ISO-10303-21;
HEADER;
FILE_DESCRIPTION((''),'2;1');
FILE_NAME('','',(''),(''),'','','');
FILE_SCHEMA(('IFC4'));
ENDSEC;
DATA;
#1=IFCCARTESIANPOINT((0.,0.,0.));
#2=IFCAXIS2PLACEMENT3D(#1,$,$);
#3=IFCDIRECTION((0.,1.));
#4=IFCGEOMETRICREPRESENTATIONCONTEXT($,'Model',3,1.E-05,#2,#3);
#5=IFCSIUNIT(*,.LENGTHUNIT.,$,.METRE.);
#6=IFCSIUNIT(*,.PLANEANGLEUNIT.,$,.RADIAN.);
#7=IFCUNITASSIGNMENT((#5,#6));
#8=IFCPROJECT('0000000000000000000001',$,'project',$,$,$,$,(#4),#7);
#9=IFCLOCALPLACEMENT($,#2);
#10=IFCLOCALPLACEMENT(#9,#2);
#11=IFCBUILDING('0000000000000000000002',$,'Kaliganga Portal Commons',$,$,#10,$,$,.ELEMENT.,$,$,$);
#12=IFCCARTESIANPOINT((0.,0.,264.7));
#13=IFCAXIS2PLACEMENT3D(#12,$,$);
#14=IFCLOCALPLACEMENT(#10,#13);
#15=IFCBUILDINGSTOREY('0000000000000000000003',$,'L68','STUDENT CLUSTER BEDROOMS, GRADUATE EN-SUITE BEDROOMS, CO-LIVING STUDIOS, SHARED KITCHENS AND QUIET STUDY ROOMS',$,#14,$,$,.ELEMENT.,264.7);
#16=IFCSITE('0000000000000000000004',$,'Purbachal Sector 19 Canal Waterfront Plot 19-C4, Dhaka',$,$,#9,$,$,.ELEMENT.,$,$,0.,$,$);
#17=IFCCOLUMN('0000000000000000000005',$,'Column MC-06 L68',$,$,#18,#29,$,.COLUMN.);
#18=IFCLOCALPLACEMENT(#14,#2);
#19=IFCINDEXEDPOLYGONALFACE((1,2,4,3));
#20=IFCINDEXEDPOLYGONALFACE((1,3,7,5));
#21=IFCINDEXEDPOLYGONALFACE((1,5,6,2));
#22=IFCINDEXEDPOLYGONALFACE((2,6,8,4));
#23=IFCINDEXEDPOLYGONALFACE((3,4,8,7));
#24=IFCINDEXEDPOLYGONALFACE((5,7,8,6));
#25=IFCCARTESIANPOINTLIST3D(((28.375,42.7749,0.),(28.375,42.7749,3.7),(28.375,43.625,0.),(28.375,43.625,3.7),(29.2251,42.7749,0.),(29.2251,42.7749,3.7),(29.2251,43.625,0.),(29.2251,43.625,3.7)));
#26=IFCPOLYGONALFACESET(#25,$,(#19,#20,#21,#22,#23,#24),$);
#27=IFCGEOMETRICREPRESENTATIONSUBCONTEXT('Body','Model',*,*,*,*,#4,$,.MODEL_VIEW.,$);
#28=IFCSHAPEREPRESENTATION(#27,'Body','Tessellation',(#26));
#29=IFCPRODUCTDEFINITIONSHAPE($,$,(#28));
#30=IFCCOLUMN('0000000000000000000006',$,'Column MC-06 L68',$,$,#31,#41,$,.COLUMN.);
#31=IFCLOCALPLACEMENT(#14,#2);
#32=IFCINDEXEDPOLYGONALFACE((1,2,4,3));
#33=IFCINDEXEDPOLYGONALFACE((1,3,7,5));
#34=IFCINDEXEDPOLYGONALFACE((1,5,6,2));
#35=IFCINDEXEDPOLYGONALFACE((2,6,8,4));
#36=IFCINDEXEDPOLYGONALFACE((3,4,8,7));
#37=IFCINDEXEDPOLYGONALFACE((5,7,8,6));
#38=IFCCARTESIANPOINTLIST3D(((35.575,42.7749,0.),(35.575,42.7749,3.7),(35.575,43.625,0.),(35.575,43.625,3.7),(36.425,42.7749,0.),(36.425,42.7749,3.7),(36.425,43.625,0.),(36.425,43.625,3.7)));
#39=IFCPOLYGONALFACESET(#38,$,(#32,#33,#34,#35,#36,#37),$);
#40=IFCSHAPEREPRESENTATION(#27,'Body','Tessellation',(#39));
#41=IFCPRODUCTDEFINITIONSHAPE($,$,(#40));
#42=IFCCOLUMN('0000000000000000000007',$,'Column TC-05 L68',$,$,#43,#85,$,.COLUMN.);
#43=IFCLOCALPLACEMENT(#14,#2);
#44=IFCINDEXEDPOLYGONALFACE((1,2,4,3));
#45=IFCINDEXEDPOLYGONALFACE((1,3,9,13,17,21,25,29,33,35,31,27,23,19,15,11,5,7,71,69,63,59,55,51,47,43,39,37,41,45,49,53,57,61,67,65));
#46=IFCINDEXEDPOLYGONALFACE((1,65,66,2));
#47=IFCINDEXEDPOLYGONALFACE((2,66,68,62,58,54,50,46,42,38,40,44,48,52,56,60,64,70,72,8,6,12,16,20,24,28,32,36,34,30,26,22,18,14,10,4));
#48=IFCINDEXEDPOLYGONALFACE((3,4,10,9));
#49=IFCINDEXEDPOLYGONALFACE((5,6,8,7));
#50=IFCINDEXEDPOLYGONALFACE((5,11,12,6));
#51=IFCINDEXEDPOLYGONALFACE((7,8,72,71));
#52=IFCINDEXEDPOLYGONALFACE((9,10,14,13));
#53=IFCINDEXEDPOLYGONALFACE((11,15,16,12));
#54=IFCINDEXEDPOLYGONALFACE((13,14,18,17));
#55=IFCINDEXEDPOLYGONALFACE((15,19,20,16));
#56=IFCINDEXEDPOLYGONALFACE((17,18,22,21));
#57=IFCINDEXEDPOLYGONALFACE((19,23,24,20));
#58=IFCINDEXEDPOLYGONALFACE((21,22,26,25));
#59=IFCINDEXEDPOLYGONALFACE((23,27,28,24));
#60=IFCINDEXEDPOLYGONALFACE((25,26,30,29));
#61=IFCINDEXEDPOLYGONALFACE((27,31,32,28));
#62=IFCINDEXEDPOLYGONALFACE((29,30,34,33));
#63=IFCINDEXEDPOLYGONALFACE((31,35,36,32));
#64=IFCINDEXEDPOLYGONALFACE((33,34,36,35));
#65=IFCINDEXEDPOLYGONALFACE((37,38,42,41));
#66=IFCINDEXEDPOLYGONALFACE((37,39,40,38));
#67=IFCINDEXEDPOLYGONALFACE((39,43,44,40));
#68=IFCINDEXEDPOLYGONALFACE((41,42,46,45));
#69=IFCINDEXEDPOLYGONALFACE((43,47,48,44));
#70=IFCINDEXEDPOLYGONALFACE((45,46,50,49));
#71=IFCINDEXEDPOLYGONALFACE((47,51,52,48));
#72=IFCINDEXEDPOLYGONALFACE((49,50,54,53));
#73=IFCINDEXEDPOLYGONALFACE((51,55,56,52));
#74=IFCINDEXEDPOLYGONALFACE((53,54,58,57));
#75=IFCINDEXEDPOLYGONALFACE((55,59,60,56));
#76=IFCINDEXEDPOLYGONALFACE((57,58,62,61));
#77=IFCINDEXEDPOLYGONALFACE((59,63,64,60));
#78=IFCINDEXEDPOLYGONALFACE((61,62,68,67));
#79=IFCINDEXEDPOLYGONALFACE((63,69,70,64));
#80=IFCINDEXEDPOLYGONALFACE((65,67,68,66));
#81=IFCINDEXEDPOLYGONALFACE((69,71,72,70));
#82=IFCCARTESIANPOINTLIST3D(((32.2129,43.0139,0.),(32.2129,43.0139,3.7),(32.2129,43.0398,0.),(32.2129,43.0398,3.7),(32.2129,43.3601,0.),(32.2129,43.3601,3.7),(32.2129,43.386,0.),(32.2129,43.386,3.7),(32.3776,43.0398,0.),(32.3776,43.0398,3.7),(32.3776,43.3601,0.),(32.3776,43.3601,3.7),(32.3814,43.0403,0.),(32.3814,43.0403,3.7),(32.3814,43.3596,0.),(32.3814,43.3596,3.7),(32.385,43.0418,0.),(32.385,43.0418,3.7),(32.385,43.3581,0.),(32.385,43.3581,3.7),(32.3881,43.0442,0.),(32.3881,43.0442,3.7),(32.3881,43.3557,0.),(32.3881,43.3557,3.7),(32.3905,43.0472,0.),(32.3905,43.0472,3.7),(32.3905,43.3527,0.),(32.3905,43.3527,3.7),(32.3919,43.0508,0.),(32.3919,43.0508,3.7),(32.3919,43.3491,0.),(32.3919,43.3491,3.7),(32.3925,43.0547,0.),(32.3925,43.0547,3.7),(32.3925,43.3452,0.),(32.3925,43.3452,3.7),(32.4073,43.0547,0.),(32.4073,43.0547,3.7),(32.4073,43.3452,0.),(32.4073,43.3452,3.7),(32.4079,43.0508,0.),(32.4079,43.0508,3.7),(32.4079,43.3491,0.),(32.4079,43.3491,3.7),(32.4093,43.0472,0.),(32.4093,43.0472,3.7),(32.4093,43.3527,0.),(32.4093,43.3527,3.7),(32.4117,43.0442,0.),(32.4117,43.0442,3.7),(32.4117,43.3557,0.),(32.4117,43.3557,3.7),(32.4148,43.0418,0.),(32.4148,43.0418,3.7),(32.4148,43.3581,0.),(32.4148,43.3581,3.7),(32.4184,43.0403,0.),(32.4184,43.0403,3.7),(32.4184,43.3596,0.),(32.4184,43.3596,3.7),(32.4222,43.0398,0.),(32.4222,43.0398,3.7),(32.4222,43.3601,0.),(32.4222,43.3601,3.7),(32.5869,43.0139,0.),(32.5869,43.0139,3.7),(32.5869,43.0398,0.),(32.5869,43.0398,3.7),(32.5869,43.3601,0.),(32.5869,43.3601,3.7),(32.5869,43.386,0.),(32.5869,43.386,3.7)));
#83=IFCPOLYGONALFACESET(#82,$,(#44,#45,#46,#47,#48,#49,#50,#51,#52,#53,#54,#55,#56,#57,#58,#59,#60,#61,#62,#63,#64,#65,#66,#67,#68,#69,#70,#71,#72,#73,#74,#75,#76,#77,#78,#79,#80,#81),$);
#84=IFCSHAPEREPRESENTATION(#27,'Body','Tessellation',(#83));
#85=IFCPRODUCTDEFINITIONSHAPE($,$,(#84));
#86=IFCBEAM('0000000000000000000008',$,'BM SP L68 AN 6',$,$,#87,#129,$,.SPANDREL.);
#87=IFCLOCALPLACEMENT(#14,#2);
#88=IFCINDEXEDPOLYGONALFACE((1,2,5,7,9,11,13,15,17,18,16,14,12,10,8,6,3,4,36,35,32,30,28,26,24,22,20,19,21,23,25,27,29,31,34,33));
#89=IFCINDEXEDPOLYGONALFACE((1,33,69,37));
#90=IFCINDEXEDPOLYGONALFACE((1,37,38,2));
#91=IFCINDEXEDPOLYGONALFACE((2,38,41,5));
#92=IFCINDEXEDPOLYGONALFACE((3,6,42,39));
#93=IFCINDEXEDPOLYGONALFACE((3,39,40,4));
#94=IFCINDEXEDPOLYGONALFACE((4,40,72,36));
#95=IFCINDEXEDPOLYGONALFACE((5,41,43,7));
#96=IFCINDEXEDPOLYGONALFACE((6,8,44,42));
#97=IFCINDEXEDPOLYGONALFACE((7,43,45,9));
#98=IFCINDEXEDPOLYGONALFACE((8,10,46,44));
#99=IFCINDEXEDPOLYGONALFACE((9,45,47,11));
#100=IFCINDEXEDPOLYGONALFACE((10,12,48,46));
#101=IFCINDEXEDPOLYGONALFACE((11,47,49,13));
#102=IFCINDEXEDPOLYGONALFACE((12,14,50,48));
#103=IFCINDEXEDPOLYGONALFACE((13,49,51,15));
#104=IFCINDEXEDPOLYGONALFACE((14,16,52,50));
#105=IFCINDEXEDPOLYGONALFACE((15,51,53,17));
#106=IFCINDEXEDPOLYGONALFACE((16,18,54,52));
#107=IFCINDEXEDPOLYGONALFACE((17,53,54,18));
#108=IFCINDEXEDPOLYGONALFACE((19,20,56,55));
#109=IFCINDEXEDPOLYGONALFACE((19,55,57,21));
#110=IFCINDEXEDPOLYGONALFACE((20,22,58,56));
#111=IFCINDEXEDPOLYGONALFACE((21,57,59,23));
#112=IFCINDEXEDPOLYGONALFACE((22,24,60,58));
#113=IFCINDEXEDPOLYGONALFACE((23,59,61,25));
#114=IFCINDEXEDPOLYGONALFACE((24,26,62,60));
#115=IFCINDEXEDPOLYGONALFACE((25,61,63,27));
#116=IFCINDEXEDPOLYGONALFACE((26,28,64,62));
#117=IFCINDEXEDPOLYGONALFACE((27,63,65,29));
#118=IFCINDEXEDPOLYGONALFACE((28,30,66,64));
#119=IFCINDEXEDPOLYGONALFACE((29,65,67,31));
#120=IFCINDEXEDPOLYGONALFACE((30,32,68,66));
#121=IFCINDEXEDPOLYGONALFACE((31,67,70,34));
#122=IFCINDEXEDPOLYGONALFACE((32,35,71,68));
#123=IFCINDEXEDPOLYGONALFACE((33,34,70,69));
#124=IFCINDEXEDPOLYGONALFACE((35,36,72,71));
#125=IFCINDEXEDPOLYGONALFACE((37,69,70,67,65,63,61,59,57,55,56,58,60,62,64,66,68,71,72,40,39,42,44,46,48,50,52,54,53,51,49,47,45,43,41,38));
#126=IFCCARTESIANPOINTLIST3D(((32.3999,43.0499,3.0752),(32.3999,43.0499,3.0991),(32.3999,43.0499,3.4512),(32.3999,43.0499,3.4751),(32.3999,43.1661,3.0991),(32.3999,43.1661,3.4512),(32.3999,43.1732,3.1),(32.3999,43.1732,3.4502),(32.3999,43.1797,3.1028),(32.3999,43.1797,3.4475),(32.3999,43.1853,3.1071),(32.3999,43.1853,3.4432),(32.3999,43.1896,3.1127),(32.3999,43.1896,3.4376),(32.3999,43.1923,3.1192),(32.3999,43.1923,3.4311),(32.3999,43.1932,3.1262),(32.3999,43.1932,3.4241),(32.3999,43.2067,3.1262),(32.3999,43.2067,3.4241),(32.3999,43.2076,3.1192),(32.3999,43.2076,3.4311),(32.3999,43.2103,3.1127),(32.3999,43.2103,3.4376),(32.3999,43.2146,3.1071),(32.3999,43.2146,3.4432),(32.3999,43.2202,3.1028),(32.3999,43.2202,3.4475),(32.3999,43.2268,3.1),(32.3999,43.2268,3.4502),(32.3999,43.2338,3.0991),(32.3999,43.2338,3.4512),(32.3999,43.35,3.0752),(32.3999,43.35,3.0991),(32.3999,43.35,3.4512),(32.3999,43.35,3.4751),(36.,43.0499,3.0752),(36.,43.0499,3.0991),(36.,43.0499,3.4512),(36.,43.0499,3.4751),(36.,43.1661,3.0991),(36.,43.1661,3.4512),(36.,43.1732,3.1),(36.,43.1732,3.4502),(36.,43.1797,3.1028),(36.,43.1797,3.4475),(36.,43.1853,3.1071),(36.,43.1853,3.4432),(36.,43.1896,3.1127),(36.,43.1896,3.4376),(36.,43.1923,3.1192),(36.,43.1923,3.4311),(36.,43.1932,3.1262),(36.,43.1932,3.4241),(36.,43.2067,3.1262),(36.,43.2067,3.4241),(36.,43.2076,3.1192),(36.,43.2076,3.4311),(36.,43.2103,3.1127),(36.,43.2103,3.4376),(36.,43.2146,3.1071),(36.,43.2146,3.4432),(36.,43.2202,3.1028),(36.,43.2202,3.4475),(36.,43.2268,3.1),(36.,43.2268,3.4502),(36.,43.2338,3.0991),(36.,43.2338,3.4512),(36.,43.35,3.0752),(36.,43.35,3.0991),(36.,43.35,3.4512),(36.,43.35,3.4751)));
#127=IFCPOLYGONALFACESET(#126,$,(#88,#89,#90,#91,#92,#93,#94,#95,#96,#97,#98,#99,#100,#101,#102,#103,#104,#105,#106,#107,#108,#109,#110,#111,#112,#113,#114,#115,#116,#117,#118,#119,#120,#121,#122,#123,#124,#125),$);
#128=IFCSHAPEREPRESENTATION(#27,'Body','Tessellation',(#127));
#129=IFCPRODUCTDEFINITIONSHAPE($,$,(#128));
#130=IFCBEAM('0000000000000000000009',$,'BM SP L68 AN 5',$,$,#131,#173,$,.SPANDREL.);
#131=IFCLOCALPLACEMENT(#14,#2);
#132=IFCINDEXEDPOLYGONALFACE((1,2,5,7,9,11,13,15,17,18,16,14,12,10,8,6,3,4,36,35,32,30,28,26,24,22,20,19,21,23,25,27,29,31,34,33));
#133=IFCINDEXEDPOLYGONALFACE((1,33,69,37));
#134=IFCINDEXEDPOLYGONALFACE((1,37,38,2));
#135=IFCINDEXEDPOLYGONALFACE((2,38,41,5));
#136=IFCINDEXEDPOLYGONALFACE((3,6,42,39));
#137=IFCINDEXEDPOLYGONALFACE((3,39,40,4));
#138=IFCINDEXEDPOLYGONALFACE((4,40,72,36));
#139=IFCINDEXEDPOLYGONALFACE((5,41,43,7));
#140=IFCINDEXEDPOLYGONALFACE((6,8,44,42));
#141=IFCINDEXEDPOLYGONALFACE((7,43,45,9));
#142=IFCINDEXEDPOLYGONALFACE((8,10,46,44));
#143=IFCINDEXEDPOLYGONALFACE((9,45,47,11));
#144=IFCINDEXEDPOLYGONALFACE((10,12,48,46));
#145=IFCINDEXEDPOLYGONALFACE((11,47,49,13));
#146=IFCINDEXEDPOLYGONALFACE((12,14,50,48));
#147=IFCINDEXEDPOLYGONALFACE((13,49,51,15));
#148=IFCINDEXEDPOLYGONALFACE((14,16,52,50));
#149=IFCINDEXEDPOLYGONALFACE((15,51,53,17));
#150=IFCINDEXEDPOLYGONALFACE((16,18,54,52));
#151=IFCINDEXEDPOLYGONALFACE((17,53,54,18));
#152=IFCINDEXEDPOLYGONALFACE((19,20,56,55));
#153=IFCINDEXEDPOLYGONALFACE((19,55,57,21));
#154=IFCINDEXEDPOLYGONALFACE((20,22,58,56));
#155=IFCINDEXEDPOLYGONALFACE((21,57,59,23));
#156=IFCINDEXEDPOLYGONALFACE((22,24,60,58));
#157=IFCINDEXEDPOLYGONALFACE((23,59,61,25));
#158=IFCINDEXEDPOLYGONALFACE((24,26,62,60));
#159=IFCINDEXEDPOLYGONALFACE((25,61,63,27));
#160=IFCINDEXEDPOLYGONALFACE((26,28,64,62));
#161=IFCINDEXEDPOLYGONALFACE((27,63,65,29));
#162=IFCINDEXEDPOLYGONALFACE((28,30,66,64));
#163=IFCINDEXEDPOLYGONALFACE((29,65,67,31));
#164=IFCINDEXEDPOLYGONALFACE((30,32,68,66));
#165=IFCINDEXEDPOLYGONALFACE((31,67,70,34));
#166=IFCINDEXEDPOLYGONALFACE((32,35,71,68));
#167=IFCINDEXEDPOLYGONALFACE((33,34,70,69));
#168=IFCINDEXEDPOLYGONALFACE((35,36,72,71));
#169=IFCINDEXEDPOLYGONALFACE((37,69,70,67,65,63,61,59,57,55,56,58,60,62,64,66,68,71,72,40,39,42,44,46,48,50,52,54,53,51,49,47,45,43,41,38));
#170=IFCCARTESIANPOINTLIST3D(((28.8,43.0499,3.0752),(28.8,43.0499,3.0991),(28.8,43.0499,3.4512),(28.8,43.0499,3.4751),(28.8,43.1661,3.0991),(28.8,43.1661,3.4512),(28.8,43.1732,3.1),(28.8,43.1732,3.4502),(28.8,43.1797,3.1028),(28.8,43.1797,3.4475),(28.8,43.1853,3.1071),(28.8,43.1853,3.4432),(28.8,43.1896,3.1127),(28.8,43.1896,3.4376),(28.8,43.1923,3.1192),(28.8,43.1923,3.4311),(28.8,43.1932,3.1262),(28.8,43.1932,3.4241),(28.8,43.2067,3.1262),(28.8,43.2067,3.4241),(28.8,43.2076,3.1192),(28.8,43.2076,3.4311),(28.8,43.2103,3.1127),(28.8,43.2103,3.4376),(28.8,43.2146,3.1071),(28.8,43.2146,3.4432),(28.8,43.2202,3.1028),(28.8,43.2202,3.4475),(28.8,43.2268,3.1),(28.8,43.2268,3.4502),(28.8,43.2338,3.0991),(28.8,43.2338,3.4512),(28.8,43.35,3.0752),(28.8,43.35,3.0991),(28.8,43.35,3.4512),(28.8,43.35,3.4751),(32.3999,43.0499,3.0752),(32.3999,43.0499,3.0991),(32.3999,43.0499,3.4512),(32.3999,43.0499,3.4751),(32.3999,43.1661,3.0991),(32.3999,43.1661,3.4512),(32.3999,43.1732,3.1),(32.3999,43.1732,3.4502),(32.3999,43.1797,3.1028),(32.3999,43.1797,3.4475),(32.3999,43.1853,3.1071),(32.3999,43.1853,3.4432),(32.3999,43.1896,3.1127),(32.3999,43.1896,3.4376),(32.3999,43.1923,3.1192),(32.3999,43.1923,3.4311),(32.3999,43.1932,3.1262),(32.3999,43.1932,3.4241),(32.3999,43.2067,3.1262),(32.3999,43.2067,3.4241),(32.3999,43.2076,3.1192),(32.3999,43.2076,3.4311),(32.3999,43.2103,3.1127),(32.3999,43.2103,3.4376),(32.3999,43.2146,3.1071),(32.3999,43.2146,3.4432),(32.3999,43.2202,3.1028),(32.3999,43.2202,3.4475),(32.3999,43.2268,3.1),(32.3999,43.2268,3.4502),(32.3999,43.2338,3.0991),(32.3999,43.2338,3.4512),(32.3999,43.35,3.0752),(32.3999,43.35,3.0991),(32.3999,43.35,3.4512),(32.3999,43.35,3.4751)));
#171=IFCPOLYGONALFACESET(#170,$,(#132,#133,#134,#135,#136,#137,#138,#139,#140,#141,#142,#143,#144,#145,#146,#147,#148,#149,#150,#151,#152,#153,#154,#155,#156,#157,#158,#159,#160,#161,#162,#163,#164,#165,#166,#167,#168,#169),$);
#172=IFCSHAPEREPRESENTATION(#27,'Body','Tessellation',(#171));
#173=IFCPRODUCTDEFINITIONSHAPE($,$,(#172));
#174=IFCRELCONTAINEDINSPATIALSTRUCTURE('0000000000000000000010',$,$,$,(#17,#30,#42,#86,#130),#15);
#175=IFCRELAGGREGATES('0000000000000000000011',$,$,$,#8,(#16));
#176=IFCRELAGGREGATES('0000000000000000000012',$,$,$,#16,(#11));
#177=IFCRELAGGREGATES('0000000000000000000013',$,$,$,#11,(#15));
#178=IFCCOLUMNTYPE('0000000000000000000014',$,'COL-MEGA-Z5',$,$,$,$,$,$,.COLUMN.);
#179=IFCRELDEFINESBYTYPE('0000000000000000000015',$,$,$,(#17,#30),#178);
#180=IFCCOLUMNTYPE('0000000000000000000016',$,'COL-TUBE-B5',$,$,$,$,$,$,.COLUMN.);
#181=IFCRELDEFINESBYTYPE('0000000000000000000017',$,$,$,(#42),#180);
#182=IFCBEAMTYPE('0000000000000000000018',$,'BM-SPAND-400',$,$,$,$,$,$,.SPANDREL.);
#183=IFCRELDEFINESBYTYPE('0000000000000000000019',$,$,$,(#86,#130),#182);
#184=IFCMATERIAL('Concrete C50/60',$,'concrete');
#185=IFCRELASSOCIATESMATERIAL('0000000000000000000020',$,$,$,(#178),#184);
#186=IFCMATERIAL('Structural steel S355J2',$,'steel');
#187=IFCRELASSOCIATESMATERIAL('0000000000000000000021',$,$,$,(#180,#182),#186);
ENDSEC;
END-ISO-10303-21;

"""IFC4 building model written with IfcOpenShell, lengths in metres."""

from ifc_helpers import new_model, si_unit, direction, frame, origin, origin_2d, place, context, subcontext, project, spatial, rectangle, i_section, extrude, source, transform, mapped, material, material_profile, profile_set, type_object, element, save


model = new_model("IFC4")

# Units and contexts
model_context = context("Model", 3, precision=1e-05, world=origin(), true_north=direction((0.0, 1.0)))
body_context = subcontext(model_context, "Body", "Model", "MODEL_VIEW")
ifc_project = project(units=[si_unit("LENGTHUNIT", "METRE"), si_unit("PLANEANGLEUNIT", "RADIAN")], contexts=[model_context])

# Site, building, storey
site_placement = place(None, origin())
site = spatial("IfcSite", under=ifc_project, at=site_placement, Name="Purbachal Sector 19 Canal Waterfront Plot 19-C4, Dhaka", CompositionType="ELEMENT", RefElevation=0.0)
building_placement = place(site_placement, origin())
building = spatial("IfcBuilding", under=site, at=building_placement, Name="Kaliganga Portal Commons", CompositionType="ELEMENT")
storey_placement = place(building_placement, frame((0.0, 0.0, 264.7)))
storey = spatial("IfcBuildingStorey", under=building, at=storey_placement, Name="L68", Description="STUDENT CLUSTER BEDROOMS, GRADUATE EN-SUITE BEDROOMS, CO-LIVING STUDIOS, SHARED KITCHENS AND QUIET STUDY ROOMS", CompositionType="ELEMENT", Elevation=264.7)

# Columns
ifc_material_1 = material(Name="Concrete C50/60", Category="concrete")
ifc_material_profile_1 = material_profile(ifc_material_1, rectangle(XDim=0.8501, YDim=0.8501, at=origin_2d()), Name="RC 850x850")
ifc_profile_set_1 = profile_set([ifc_material_profile_1], Name="Concrete C50/60")
column_type_1 = type_object("IfcColumnType", Name="COL-MEGA-Z5", PredefinedType="COLUMN", material=ifc_profile_set_1)
shared_shape_1 = source(origin(), body_context, "Body", "SweptSolid", [
    extrude(rectangle(XDim=0.8501, YDim=0.8501, at=origin_2d()), origin(), (0.0, 0.0, 1.0), 3.7),
])
for number, where, z_axis, x_axis, name in (
    (1, (28.8, 43.2, 0.0), (0.0, 0.0, 1.0), (1.0, 0.0, 0.0), "Column MC-06 L68"),
    (2, (36.0, 43.2, 0.0), (0.0, 0.0, 1.0), (1.0, 0.0, 0.0), "Column MC-06 L68"),
):
    element("IfcColumn", number, at=place(storey_placement, frame(where, z_axis=z_axis, x_axis=x_axis)), inside=storey, type_object=column_type_1, Name=name, PredefinedType="COLUMN", context=body_context, shape_type="MappedRepresentation", body=[
        mapped(shared_shape_1, transform((0.0, 0.0, 0.0), x_axis=(1.0, 0.0, 0.0), y_axis=(0.0, 1.0, 0.0), z_axis=(0.0, 0.0, 1.0), scale=1.0)),
    ])
ifc_material_2 = material(Name="Structural steel S355J2", Category="steel")
ifc_material_profile_2 = material_profile(ifc_material_2, i_section(OverallWidth=0.374, OverallDepth=0.3721, WebThickness=0.0149, FlangeThickness=0.0259, FilletRadius=0.0149, at=origin_2d()), Name="HD 360x196")
ifc_profile_set_2 = profile_set([ifc_material_profile_2], Name="Structural steel S355J2 wide-flange")
column_type_2 = type_object("IfcColumnType", Name="COL-TUBE-B5", PredefinedType="COLUMN", material=ifc_profile_set_2)
shared_shape_2 = source(origin(), body_context, "Body", "SweptSolid", [
    extrude(i_section(OverallWidth=0.374, OverallDepth=0.3721, WebThickness=0.0149, FlangeThickness=0.0259, FilletRadius=0.0149, at=origin_2d()), origin(), (0.0, 0.0, 1.0), 3.7),
])
column_placement = place(storey_placement, frame((32.3999, 43.2, 0.0), z_axis=(0.0, 0.0, 1.0), x_axis=(1.0, 0.0, 0.0)))
element("IfcColumn", 3, at=column_placement, inside=storey, type_object=column_type_2, Name="Column TC-05 L68", PredefinedType="COLUMN", context=body_context, shape_type="MappedRepresentation", body=[
    mapped(shared_shape_2, transform((0.0, 0.0, 0.0), x_axis=(1.0, 0.0, 0.0), y_axis=(0.0, 1.0, 0.0), z_axis=(0.0, 0.0, 1.0), scale=1.0)),
])

# Beams
ifc_material_profile_3 = material_profile(ifc_material_2, i_section(OverallWidth=0.3, OverallDepth=0.3999, WebThickness=0.0134, FlangeThickness=0.0239, FilletRadius=0.0271, at=origin_2d()), Name="HE 400 B")
ifc_profile_set_3 = profile_set([ifc_material_profile_3], Name="Structural steel S355J2 wide-flange")
beam_type_1 = type_object("IfcBeamType", Name="BM-SPAND-400", PredefinedType="SPANDREL", material=ifc_profile_set_3)
shared_shape_3 = source(origin(), body_context, "Body", "SweptSolid", [
    extrude(i_section(OverallWidth=0.3, OverallDepth=0.3999, WebThickness=0.0134, FlangeThickness=0.0239, FilletRadius=0.0271, at=origin_2d()), origin(), (0.0, 0.0, 1.0), 3.6001),
])
beam_1_placement = place(storey_placement, frame((32.3999, 43.2, 3.2751), z_axis=(1.0, 0.0, 0.0), x_axis=(0.0, 1.0, 0.0)))
element("IfcBeam", 4, at=beam_1_placement, inside=storey, type_object=beam_type_1, Name="BM SP L68 AN 6", PredefinedType="SPANDREL", context=body_context, shape_type="MappedRepresentation", body=[
    mapped(shared_shape_3, transform((0.0, 0.0, 0.0), x_axis=(1.0, 0.0, 0.0), y_axis=(0.0, 1.0, 0.0), z_axis=(0.0, 0.0, 1.0), scale=1.0)),
])
shared_shape_4 = source(origin(), body_context, "Body", "SweptSolid", [
    extrude(i_section(OverallWidth=0.3, OverallDepth=0.3999, WebThickness=0.0134, FlangeThickness=0.0239, FilletRadius=0.0271, at=origin_2d()), origin(), (0.0, 0.0, 1.0), 3.5999),
])
beam_2_placement = place(storey_placement, frame((28.8, 43.2, 3.2751), z_axis=(1.0, 0.0, 0.0), x_axis=(0.0, 1.0, 0.0)))
element("IfcBeam", 5, at=beam_2_placement, inside=storey, type_object=beam_type_1, Name="BM SP L68 AN 5", PredefinedType="SPANDREL", context=body_context, shape_type="MappedRepresentation", body=[
    mapped(shared_shape_4, transform((0.0, 0.0, 0.0), x_axis=(1.0, 0.0, 0.0), y_axis=(0.0, 1.0, 0.0), z_axis=(0.0, 0.0, 1.0), scale=1.0)),
])

save(model, "model.ifc")
